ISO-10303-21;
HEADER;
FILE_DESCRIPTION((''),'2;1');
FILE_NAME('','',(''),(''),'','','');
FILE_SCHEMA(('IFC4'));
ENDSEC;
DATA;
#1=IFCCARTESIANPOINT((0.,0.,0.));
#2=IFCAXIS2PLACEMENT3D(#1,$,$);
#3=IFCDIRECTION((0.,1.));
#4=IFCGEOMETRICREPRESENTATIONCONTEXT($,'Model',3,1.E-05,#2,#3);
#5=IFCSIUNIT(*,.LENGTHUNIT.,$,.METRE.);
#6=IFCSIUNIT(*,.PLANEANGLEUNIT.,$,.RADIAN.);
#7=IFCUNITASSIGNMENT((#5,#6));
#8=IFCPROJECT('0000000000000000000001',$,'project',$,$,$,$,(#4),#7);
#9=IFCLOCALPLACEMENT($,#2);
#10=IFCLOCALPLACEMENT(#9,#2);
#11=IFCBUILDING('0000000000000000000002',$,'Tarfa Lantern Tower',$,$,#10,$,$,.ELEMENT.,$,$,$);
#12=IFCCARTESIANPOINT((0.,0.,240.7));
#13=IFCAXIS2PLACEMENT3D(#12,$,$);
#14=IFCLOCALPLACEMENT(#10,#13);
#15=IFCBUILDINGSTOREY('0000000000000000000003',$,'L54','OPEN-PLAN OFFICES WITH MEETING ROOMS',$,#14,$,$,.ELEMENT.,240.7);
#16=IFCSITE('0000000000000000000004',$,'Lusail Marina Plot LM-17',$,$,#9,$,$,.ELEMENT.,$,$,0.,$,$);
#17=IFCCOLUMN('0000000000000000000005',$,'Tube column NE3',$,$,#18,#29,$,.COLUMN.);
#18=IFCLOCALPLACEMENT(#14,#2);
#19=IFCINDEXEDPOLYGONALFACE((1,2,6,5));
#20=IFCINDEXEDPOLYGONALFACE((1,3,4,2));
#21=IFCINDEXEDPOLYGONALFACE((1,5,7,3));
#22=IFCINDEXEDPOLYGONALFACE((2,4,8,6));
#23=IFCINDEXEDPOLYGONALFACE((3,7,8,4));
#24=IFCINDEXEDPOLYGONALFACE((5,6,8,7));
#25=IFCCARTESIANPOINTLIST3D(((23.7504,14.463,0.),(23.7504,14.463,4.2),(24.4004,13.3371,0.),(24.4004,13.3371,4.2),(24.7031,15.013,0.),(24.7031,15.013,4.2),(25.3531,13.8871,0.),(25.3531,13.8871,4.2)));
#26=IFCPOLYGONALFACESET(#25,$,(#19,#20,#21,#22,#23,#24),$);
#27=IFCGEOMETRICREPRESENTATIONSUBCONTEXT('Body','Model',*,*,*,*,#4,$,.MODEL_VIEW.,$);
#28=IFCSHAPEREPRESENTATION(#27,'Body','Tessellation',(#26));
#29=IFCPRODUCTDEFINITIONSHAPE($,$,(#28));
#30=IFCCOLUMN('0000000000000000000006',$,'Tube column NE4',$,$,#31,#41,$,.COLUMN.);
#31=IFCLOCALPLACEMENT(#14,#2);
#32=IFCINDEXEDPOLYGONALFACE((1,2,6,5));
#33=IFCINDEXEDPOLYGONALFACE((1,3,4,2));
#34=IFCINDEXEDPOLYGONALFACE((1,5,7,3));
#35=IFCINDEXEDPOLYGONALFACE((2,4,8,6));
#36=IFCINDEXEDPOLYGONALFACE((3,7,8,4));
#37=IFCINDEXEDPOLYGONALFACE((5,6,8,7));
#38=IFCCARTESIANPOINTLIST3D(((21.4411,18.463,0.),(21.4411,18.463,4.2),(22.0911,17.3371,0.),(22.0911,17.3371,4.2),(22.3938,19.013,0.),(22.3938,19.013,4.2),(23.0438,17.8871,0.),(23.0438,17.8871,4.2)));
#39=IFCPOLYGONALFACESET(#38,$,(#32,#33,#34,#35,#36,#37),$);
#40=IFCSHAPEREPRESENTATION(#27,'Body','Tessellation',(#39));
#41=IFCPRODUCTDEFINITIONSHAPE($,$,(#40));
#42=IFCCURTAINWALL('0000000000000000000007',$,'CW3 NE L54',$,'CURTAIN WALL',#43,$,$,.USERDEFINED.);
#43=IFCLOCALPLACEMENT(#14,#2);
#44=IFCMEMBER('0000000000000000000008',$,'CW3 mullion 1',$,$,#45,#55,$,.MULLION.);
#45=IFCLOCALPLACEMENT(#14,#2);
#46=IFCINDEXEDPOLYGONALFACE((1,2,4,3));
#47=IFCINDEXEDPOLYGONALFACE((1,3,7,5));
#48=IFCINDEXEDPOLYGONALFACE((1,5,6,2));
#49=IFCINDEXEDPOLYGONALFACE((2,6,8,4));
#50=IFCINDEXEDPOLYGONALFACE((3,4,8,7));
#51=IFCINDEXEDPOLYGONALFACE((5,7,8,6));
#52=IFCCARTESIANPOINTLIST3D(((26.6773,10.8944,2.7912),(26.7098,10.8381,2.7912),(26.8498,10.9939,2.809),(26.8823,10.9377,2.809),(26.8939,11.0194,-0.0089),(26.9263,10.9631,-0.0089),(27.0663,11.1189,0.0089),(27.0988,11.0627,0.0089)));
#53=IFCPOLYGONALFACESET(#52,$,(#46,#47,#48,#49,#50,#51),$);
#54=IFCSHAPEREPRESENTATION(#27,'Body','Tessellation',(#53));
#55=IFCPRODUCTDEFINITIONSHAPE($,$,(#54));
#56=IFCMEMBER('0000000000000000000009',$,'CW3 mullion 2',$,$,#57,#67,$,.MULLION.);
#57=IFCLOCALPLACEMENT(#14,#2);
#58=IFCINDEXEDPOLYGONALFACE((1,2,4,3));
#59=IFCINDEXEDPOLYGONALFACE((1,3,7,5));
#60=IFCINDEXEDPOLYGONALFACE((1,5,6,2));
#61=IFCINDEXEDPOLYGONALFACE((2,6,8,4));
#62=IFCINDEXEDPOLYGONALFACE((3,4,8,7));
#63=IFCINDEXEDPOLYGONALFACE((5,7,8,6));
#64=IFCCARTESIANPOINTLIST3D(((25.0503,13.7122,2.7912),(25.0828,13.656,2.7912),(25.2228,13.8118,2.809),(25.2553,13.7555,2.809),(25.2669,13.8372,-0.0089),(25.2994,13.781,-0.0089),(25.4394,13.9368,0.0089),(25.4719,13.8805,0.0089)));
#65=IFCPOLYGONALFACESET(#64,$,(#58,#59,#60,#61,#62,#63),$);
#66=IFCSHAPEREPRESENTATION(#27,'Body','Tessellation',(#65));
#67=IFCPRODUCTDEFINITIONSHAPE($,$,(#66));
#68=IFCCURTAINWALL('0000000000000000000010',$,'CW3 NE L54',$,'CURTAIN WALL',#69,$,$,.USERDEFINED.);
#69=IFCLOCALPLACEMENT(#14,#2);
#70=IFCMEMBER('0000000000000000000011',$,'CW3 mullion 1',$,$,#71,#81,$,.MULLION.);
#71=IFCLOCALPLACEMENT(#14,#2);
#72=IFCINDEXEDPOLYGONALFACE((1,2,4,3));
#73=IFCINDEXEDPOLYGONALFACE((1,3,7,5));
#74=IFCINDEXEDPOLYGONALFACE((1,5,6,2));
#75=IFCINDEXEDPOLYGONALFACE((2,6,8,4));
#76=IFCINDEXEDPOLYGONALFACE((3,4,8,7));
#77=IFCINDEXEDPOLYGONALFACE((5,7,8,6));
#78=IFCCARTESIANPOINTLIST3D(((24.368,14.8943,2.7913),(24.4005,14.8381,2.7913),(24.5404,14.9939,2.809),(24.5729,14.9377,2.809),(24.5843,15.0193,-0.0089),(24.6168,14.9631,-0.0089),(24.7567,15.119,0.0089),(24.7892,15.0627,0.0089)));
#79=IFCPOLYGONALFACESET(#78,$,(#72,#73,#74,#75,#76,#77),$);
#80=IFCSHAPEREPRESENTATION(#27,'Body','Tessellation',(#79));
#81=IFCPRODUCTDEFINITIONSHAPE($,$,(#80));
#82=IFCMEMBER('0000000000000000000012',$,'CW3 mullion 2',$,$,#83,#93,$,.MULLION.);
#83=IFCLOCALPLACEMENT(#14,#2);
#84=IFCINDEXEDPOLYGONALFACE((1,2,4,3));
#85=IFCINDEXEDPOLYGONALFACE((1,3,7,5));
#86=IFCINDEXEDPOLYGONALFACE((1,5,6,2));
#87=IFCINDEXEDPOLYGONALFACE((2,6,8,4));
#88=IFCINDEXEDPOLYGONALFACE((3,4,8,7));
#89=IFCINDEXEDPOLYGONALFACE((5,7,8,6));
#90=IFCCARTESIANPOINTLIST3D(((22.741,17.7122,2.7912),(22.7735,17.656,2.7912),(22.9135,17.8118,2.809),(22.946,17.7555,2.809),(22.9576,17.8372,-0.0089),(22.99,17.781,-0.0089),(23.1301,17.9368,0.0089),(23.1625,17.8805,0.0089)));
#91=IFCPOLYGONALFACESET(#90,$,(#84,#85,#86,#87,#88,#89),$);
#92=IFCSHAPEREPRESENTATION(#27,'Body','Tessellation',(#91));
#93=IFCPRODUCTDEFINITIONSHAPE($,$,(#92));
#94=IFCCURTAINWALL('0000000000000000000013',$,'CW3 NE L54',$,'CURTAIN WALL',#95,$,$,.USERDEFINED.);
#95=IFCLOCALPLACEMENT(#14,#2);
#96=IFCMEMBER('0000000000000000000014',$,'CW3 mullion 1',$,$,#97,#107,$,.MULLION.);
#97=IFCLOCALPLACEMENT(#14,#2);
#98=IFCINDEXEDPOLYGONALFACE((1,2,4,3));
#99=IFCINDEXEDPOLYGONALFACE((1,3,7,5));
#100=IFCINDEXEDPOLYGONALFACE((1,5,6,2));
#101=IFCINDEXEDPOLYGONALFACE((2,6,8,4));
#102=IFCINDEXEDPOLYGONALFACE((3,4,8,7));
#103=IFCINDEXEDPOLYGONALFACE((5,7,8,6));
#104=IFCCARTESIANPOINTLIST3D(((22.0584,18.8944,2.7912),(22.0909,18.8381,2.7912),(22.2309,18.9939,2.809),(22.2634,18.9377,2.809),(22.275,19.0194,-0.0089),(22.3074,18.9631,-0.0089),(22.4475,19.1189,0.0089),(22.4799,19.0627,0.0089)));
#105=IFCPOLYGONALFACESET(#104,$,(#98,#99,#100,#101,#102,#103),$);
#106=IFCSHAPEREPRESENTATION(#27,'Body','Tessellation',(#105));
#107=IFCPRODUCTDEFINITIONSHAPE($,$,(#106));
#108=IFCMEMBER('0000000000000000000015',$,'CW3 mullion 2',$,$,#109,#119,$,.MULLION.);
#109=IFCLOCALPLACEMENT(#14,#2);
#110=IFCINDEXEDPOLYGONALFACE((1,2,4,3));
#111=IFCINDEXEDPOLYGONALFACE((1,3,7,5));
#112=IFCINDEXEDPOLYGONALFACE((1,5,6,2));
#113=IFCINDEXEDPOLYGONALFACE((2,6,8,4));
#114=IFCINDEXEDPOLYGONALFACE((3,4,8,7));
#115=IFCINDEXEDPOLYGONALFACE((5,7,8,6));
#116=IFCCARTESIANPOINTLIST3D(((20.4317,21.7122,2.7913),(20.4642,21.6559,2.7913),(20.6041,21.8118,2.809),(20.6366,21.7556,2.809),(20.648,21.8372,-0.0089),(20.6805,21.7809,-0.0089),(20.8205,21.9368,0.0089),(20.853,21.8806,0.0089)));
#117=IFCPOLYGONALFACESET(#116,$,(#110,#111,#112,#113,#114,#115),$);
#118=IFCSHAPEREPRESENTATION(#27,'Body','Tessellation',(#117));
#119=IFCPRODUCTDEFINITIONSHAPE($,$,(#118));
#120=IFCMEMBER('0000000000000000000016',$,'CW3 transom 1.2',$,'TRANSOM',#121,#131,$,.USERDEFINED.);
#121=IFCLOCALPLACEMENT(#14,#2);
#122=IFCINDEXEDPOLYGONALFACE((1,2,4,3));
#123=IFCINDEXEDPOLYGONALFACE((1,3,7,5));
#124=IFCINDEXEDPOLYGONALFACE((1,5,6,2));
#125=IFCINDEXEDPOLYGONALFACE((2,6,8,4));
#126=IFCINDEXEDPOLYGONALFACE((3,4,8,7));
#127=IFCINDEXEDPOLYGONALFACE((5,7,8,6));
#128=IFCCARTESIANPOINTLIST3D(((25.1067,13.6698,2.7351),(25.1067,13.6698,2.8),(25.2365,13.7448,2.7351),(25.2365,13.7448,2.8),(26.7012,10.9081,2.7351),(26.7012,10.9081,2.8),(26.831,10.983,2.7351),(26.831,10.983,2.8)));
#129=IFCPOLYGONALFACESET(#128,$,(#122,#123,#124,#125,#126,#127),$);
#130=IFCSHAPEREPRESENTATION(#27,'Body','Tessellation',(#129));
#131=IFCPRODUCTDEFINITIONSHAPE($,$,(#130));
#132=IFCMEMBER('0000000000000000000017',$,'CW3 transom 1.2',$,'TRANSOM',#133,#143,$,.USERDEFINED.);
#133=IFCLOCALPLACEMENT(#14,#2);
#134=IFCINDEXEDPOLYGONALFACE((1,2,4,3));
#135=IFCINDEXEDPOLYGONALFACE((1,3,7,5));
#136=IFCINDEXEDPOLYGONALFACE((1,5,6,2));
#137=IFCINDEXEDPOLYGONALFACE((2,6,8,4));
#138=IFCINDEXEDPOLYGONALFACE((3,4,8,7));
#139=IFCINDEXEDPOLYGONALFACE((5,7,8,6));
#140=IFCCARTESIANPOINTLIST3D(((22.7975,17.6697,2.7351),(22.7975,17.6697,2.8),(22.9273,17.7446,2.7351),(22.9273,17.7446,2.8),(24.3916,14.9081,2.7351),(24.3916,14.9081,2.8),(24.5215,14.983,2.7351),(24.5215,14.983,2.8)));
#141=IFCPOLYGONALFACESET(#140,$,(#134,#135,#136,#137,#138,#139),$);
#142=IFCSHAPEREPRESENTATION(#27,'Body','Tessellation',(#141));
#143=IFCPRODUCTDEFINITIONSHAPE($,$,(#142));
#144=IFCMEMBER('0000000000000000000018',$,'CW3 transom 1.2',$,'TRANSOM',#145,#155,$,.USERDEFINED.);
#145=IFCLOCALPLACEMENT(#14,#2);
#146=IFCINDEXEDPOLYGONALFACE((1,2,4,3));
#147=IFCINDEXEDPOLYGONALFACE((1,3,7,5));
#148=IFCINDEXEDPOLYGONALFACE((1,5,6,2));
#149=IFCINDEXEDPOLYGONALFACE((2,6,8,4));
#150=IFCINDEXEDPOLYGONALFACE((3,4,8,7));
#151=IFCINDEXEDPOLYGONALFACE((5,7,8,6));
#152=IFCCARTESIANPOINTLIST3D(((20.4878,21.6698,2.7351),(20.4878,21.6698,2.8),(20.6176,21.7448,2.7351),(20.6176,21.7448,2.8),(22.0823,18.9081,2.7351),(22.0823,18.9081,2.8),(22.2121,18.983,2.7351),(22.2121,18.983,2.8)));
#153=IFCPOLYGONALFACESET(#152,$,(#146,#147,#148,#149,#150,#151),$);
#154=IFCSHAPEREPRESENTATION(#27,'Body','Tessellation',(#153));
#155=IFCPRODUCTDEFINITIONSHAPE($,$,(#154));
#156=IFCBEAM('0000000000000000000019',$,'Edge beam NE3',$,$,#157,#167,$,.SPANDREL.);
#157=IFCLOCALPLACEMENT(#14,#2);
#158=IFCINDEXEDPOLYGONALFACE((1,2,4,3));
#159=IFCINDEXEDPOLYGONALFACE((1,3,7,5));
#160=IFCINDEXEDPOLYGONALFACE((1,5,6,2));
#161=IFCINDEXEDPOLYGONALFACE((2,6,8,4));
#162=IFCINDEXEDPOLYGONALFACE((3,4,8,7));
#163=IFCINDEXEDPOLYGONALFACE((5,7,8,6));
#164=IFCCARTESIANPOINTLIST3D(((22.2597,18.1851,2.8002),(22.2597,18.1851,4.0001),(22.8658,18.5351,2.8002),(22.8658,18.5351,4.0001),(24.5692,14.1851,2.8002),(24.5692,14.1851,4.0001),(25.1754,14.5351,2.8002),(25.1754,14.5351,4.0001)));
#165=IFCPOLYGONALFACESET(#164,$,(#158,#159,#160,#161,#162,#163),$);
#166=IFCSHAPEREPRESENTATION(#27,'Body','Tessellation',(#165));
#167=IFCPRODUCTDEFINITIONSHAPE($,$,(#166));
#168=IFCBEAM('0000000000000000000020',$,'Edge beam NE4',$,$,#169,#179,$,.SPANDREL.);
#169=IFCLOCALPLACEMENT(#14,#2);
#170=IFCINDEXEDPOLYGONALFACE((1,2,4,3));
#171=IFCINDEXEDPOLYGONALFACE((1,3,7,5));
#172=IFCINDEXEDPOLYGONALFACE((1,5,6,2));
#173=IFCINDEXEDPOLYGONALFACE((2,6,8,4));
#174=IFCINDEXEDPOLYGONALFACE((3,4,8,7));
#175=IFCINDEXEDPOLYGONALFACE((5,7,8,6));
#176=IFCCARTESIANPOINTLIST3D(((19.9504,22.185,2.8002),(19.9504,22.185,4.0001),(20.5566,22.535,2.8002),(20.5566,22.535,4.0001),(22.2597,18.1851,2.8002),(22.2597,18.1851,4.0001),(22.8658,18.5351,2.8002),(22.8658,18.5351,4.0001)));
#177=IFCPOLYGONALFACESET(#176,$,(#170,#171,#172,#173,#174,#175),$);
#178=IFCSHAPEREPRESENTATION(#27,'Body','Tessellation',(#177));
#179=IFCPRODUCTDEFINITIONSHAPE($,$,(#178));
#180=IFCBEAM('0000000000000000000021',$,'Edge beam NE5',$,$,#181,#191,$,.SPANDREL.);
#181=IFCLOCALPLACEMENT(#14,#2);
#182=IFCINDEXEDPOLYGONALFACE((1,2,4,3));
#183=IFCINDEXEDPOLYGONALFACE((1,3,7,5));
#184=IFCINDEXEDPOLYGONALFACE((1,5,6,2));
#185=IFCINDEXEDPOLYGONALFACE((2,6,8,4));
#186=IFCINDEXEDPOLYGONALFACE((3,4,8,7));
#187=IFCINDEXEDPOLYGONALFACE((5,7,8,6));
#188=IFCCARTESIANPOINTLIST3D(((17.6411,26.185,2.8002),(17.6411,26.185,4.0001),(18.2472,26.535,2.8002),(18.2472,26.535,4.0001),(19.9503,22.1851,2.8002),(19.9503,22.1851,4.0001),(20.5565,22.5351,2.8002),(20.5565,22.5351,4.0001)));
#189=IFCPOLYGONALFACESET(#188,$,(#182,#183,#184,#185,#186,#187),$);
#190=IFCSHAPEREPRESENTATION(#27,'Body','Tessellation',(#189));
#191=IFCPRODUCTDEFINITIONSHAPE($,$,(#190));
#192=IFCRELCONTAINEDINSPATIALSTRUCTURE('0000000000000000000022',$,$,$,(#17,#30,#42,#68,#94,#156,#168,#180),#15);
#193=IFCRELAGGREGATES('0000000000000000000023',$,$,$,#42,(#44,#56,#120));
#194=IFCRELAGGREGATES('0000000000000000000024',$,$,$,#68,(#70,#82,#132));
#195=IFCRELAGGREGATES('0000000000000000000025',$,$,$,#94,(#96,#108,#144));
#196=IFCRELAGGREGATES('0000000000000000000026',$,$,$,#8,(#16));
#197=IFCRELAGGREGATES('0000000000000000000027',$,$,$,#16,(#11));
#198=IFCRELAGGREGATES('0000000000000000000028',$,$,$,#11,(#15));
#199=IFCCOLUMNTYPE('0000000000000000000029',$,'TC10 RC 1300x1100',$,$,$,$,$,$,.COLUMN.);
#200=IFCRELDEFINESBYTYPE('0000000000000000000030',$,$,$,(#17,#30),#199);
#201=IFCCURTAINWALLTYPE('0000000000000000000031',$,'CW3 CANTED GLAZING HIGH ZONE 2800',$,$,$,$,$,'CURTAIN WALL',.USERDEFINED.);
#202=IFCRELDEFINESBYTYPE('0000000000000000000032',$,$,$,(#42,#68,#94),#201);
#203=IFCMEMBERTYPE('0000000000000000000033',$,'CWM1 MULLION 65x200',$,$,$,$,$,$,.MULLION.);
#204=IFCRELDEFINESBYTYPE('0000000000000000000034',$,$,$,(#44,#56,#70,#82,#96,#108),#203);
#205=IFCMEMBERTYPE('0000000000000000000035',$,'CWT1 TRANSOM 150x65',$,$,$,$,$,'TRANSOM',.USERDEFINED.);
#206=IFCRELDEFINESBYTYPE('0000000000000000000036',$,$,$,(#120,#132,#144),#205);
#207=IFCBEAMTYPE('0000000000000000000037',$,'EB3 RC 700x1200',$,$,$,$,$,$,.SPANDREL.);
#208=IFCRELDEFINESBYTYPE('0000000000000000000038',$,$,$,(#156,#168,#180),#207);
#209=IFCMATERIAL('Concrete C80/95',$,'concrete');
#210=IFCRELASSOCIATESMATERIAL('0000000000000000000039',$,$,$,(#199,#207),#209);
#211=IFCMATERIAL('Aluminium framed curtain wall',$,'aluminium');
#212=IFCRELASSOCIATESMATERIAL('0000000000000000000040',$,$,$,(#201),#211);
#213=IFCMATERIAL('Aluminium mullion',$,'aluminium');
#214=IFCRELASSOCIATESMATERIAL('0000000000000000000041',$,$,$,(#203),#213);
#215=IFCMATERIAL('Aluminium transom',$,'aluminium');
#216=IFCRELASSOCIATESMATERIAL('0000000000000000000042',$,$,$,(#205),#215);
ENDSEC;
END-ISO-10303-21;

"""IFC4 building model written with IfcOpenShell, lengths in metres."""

from ifc_helpers import new_model, si_unit, direction, frame, origin, origin_2d, place, context, subcontext, project, spatial, rectangle, extrude, material, material_profile, profile_set, type_object, element, aggregate, save


model = new_model("IFC4")

# Units and contexts
model_context = context("Model", 3, precision=1e-05, world=origin(), true_north=direction((0.0, 1.0)))
body_context = subcontext(model_context, "Body", "Model", "MODEL_VIEW")
ifc_project = project(units=[si_unit("LENGTHUNIT", "METRE"), si_unit("PLANEANGLEUNIT", "RADIAN")], contexts=[model_context])

# Site, building, storey
site_placement = place(None, origin())
site = spatial("IfcSite", under=ifc_project, at=site_placement, Name="Lusail Marina Plot LM-17", CompositionType="ELEMENT", RefElevation=0.0)
building_placement = place(site_placement, origin())
building = spatial("IfcBuilding", under=site, at=building_placement, Name="Tarfa Lantern Tower", CompositionType="ELEMENT")
storey_placement = place(building_placement, frame((0.0, 0.0, 240.7)))
storey = spatial("IfcBuildingStorey", under=building, at=storey_placement, Name="L54", Description="OPEN-PLAN OFFICES WITH MEETING ROOMS", CompositionType="ELEMENT", Elevation=240.7)

# Columns
ifc_material_1 = material(Name="Concrete C80/95", Category="concrete")
ifc_material_profile_1 = material_profile(ifc_material_1, rectangle(XDim=1.3, YDim=1.1001, at=origin_2d()), Name="RC 1300x1100")
ifc_profile_set_1 = profile_set([ifc_material_profile_1], Name="Concrete C80/95")
column_type = type_object("IfcColumnType", Name="TC10 RC 1300x1100", PredefinedType="COLUMN", material=ifc_profile_set_1)
for number, where, z_axis, x_axis, name in (
    (1, (24.5518, 14.175, 0.0), (0.0, 0.0, 1.0), (-0.5, 0.866025, 0.0), "Tube column NE3"),
    (2, (22.2424, 18.175, 0.0), (0.0, 0.0, 1.0), (-0.5, 0.866025, 0.0), "Tube column NE4"),
):
    element("IfcColumn", number, at=place(storey_placement, frame(where, z_axis=z_axis, x_axis=x_axis)), inside=storey, type_object=column_type, Name=name, PredefinedType="COLUMN", context=body_context, shape_type="SweptSolid", body=[
        extrude(rectangle(XDim=1.3, YDim=1.1001, at=origin_2d()), origin(), (0.0, 0.0, 1.0), 4.2),
    ])

# Curtain walls, members
ifc_material_2 = material(Name="Aluminium framed curtain wall", Category="aluminium")
curtain_wall_type = type_object("IfcCurtainWallType", Name="CW3 CANTED GLAZING HIGH ZONE 2800", ElementType="CURTAIN WALL", PredefinedType="USERDEFINED", material=ifc_material_2)
curtain_wall_1_placement = place(storey_placement, origin())
curtain_wall_1 = element("IfcCurtainWall", 3, at=curtain_wall_1_placement, inside=storey, type_object=curtain_wall_type, Name="CW3 NE L54", ObjectType="CURTAIN WALL", PredefinedType="USERDEFINED")
ifc_material_3 = material(Name="Aluminium mullion", Category="aluminium")
ifc_material_profile_2 = material_profile(ifc_material_3, rectangle(XDim=0.0649, YDim=0.2, at=origin_2d()), Name="AL MULLION 65x200")
ifc_profile_set_2 = profile_set([ifc_material_profile_2], Name="Aluminium mullion")
member_type_1 = type_object("IfcMemberType", Name="CWM1 MULLION 65x200", PredefinedType="MULLION", material=ifc_profile_set_2)
member_1_placement = place(storey_placement, frame((26.9963, 11.041, 0.0), z_axis=(-0.077032, -0.044465, 0.996037), x_axis=(0.49992, -0.866072, 0.0)))
member_1 = element("IfcMember", 4, at=member_1_placement, type_object=member_type_1, Name="CW3 mullion 1", PredefinedType="MULLION", context=body_context, shape_type="SweptSolid", body=[
    extrude(rectangle(XDim=0.0649, YDim=0.2, at=origin_2d()), origin(), (0.0, 0.0, 1.0), 2.8113),
])
member_2_placement = place(storey_placement, frame((25.3694, 13.8589, 0.0), z_axis=(-0.077032, -0.044465, 0.996037), x_axis=(0.49992, -0.866072, 0.0)))
member_2 = element("IfcMember", 5, at=member_2_placement, type_object=member_type_1, Name="CW3 mullion 2", PredefinedType="MULLION", context=body_context, shape_type="SweptSolid", body=[
    extrude(rectangle(XDim=0.0649, YDim=0.2, at=origin_2d()), origin(), (0.0, 0.0, 1.0), 2.8113),
])
curtain_wall_2_placement = place(storey_placement, origin())
curtain_wall_2 = element("IfcCurtainWall", 6, at=curtain_wall_2_placement, inside=storey, type_object=curtain_wall_type, Name="CW3 NE L54", ObjectType="CURTAIN WALL", PredefinedType="USERDEFINED")
member_3_placement = place(storey_placement, frame((24.6868, 15.041, 0.0), z_axis=(-0.076946, -0.044465, 0.996043), x_axis=(0.500343, -0.865827, 0.0)))
member_3 = element("IfcMember", 7, at=member_3_placement, type_object=member_type_1, Name="CW3 mullion 1", PredefinedType="MULLION", context=body_context, shape_type="SweptSolid", body=[
    extrude(rectangle(XDim=0.0649, YDim=0.2, at=origin_2d()), origin(), (0.0, 0.0, 1.0), 2.8113),
])
member_4_placement = place(storey_placement, frame((23.0601, 17.8589, 0.0), z_axis=(-0.077032, -0.044465, 0.996037), x_axis=(0.49992, -0.866072, 0.0)))
member_4 = element("IfcMember", 8, at=member_4_placement, type_object=member_type_1, Name="CW3 mullion 2", PredefinedType="MULLION", context=body_context, shape_type="SweptSolid", body=[
    extrude(rectangle(XDim=0.0649, YDim=0.2, at=origin_2d()), origin(), (0.0, 0.0, 1.0), 2.8113),
])
curtain_wall_3_placement = place(storey_placement, origin())
curtain_wall_3 = element("IfcCurtainWall", 9, at=curtain_wall_3_placement, inside=storey, type_object=curtain_wall_type, Name="CW3 NE L54", ObjectType="CURTAIN WALL", PredefinedType="USERDEFINED")
member_5_placement = place(storey_placement, frame((22.3774, 19.041, 0.0), z_axis=(-0.077032, -0.044465, 0.996037), x_axis=(0.49992, -0.866072, 0.0)))
member_5 = element("IfcMember", 10, at=member_5_placement, type_object=member_type_1, Name="CW3 mullion 1", PredefinedType="MULLION", context=body_context, shape_type="SweptSolid", body=[
    extrude(rectangle(XDim=0.0649, YDim=0.2, at=origin_2d()), origin(), (0.0, 0.0, 1.0), 2.8113),
])
member_6_placement = place(storey_placement, frame((20.7505, 21.8589, 0.0), z_axis=(-0.076946, -0.044465, 0.996043), x_axis=(0.500343, -0.865827, 0.0)))
member_6 = element("IfcMember", 11, at=member_6_placement, type_object=member_type_1, Name="CW3 mullion 2", PredefinedType="MULLION", context=body_context, shape_type="SweptSolid", body=[
    extrude(rectangle(XDim=0.0649, YDim=0.2, at=origin_2d()), origin(), (0.0, 0.0, 1.0), 2.8113),
])

# Members
ifc_material_4 = material(Name="Aluminium transom", Category="aluminium")
ifc_material_profile_3 = material_profile(ifc_material_4, rectangle(XDim=0.1499, YDim=0.0649, at=origin_2d()), Name="AL TRANSOM 150x65")
ifc_profile_set_3 = profile_set([ifc_material_profile_3], Name="Aluminium transom")
member_type_2 = type_object("IfcMemberType", Name="CWT1 TRANSOM 150x65", ElementType="TRANSOM", PredefinedType="USERDEFINED", material=ifc_profile_set_3)
member_7_placement = place(storey_placement, frame((26.7661, 10.9456, 2.7676), z_axis=(-0.500001, 0.866025, 0.0), x_axis=(-0.866025, -0.500001, 0.0)))
member_7 = element("IfcMember", 12, at=member_7_placement, type_object=member_type_2, Name="CW3 transom 1.2", ObjectType="TRANSOM", PredefinedType="USERDEFINED", context=body_context, shape_type="SweptSolid", body=[
    extrude(rectangle(XDim=0.1499, YDim=0.0649, at=origin_2d()), origin(), (0.0, 0.0, 1.0), 3.189),
])
member_8_placement = place(storey_placement, frame((24.4565, 14.9456, 2.7676), z_axis=(-0.499943, 0.866058, 0.0), x_axis=(-0.866058, -0.499943, 0.0)))
member_8 = element("IfcMember", 13, at=member_8_placement, type_object=member_type_2, Name="CW3 transom 1.2", ObjectType="TRANSOM", PredefinedType="USERDEFINED", context=body_context, shape_type="SweptSolid", body=[
    extrude(rectangle(XDim=0.1499, YDim=0.0649, at=origin_2d()), origin(), (0.0, 0.0, 1.0), 3.1887),
])
member_9_placement = place(storey_placement, frame((22.1472, 18.9456, 2.7676), z_axis=(-0.500001, 0.866025, 0.0), x_axis=(-0.866025, -0.500001, 0.0)))
member_9 = element("IfcMember", 14, at=member_9_placement, type_object=member_type_2, Name="CW3 transom 1.2", ObjectType="TRANSOM", PredefinedType="USERDEFINED", context=body_context, shape_type="SweptSolid", body=[
    extrude(rectangle(XDim=0.1499, YDim=0.0649, at=origin_2d()), origin(), (0.0, 0.0, 1.0), 3.189),
])

# Beams
ifc_material_profile_4 = material_profile(ifc_material_1, rectangle(XDim=0.7, YDim=1.2, at=origin_2d()), Name="RC 700x1200")
ifc_profile_set_4 = profile_set([ifc_material_profile_4], Name="Concrete C80/95")
beam_type_1 = type_object("IfcBeamType", Name="EB3 RC 700x1200", PredefinedType="SPANDREL", material=ifc_profile_set_4)
beam_1_placement = place(storey_placement, frame((24.8723, 14.3601, 3.4001), z_axis=(-0.500027, 0.86601, 0.0), x_axis=(-0.86601, -0.500027, 0.0)))
element("IfcBeam", 15, at=beam_1_placement, inside=storey, type_object=beam_type_1, Name="Edge beam NE3", PredefinedType="SPANDREL", context=body_context, shape_type="SweptSolid", body=[
    extrude(rectangle(XDim=0.7, YDim=1.2, at=origin_2d()), origin(), (0.0, 0.0, 1.0), 4.6189),
])
for number, where, z_axis, x_axis, name in (
    (16, (22.5627, 18.3601, 3.4001), (-0.499988, 0.866032, 0.0), (-0.866032, -0.499988, 0.0), "Edge beam NE4"),
    (17, (20.2534, 22.3601, 3.4001), (-0.499988, 0.866032, 0.0), (-0.866032, -0.499988, 0.0), "Edge beam NE5"),
):
    element("IfcBeam", number, at=place(storey_placement, frame(where, z_axis=z_axis, x_axis=x_axis)), inside=storey, type_object=beam_type_1, Name=name, PredefinedType="SPANDREL", context=body_context, shape_type="SweptSolid", body=[
        extrude(rectangle(XDim=0.7, YDim=1.2, at=origin_2d()), origin(), (0.0, 0.0, 1.0), 4.6187),
    ])

aggregate(curtain_wall_1, [member_1, member_2, member_7])
aggregate(curtain_wall_2, [member_3, member_4, member_8])
aggregate(curtain_wall_3, [member_5, member_6, member_9])

save(model, "model.ifc")
